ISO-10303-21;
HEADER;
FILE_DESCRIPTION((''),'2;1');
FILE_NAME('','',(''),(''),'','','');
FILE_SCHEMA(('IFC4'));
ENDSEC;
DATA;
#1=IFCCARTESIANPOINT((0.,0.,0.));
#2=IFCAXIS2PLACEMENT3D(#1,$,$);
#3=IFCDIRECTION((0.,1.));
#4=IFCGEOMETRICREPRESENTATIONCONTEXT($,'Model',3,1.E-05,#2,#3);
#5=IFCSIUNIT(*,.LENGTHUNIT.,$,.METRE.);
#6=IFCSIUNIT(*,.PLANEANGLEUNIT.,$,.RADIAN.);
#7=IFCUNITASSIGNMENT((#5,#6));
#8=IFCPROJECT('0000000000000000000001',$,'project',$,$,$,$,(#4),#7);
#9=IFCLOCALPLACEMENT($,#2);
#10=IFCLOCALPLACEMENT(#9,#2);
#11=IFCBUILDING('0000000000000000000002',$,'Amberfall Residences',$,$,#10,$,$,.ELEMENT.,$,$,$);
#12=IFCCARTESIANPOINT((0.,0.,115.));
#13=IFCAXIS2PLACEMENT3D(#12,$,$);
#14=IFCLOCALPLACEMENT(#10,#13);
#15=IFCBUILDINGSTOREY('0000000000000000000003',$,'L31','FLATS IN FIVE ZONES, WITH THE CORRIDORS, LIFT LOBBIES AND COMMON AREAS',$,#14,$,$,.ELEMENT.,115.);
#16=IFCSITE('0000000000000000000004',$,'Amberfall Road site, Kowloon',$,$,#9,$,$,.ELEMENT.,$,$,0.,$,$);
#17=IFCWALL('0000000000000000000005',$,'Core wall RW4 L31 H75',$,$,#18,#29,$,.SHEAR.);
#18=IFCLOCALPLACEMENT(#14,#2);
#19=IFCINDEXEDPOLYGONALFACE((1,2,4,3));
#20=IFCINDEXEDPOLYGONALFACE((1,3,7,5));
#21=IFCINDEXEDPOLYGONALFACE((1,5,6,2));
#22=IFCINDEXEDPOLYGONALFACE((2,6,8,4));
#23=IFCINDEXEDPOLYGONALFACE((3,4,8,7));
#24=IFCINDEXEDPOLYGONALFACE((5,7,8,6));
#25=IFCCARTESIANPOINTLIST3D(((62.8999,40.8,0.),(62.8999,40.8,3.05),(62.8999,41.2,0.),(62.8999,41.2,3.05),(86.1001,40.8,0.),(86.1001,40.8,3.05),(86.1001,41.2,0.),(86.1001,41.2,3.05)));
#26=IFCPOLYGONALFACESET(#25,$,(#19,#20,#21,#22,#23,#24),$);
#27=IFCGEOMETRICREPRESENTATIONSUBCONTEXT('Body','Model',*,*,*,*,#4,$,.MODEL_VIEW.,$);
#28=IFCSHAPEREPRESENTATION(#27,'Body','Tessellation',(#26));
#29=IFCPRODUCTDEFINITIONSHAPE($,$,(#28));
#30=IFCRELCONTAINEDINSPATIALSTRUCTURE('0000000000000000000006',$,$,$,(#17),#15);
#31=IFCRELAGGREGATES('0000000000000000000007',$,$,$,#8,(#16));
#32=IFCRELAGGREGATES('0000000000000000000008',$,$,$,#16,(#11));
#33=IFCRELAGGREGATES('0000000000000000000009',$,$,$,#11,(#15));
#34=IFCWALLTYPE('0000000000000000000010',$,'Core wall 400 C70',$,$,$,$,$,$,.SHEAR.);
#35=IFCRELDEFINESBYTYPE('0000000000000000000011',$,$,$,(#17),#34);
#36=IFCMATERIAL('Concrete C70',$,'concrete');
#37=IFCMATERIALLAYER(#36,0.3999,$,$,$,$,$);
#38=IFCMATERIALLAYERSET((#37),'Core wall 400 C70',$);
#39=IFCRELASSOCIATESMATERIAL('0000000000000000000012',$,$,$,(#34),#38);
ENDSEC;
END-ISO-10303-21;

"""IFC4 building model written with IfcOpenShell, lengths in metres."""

from ifc_helpers import new_model, si_unit, direction, frame, frame_2d, origin, place, context, subcontext, project, spatial, rectangle, extrude, material, layer, layer_set, type_object, element, save


model = new_model("IFC4")

# Units and contexts
model_context = context("Model", 3, precision=1e-05, world=origin(), true_north=direction((0.0, 1.0)))
body_context = subcontext(model_context, "Body", "Model", "MODEL_VIEW")
ifc_project = project(units=[si_unit("LENGTHUNIT", "METRE"), si_unit("PLANEANGLEUNIT", "RADIAN")], contexts=[model_context])

# Site, building, storey
site_placement = place(None, origin())
site = spatial("IfcSite", under=ifc_project, at=site_placement, Name="Amberfall Road site, Kowloon", CompositionType="ELEMENT", RefElevation=0.0)
building_placement = place(site_placement, origin())
building = spatial("IfcBuilding", under=site, at=building_placement, Name="Amberfall Residences", CompositionType="ELEMENT")
storey_placement = place(building_placement, frame((0.0, 0.0, 115.0)))
storey = spatial("IfcBuildingStorey", under=building, at=storey_placement, Name="L31", Description="FLATS IN FIVE ZONES, WITH THE CORRIDORS, LIFT LOBBIES AND COMMON AREAS", CompositionType="ELEMENT", Elevation=115.0)

# Wall
ifc_material_1 = material(Name="Concrete C70", Category="concrete")
ifc_layer = layer(ifc_material_1, 0.3999)
ifc_layer_set = layer_set([ifc_layer], Name="Core wall 400 C70")
wall_type = type_object("IfcWallType", Name="Core wall 400 C70", PredefinedType="SHEAR", material=ifc_layer_set)
wall_1_placement = place(storey_placement, frame((62.8999, 41.0, 0.0), z_axis=(0.0, 0.0, 1.0), x_axis=(1.0, 0.0, 0.0)))
element("IfcWall", 1, at=wall_1_placement, inside=storey, type_object=wall_type, Name="Core wall RW4 L31 H75", PredefinedType="SHEAR", context=body_context, shape_type="SweptSolid", body=[
    extrude(rectangle(XDim=23.2002, YDim=0.3999, at=frame_2d((11.6001, 0.0))), origin(), (0.0, 0.0, 1.0), 3.05),
])

save(model, "model.ifc")
